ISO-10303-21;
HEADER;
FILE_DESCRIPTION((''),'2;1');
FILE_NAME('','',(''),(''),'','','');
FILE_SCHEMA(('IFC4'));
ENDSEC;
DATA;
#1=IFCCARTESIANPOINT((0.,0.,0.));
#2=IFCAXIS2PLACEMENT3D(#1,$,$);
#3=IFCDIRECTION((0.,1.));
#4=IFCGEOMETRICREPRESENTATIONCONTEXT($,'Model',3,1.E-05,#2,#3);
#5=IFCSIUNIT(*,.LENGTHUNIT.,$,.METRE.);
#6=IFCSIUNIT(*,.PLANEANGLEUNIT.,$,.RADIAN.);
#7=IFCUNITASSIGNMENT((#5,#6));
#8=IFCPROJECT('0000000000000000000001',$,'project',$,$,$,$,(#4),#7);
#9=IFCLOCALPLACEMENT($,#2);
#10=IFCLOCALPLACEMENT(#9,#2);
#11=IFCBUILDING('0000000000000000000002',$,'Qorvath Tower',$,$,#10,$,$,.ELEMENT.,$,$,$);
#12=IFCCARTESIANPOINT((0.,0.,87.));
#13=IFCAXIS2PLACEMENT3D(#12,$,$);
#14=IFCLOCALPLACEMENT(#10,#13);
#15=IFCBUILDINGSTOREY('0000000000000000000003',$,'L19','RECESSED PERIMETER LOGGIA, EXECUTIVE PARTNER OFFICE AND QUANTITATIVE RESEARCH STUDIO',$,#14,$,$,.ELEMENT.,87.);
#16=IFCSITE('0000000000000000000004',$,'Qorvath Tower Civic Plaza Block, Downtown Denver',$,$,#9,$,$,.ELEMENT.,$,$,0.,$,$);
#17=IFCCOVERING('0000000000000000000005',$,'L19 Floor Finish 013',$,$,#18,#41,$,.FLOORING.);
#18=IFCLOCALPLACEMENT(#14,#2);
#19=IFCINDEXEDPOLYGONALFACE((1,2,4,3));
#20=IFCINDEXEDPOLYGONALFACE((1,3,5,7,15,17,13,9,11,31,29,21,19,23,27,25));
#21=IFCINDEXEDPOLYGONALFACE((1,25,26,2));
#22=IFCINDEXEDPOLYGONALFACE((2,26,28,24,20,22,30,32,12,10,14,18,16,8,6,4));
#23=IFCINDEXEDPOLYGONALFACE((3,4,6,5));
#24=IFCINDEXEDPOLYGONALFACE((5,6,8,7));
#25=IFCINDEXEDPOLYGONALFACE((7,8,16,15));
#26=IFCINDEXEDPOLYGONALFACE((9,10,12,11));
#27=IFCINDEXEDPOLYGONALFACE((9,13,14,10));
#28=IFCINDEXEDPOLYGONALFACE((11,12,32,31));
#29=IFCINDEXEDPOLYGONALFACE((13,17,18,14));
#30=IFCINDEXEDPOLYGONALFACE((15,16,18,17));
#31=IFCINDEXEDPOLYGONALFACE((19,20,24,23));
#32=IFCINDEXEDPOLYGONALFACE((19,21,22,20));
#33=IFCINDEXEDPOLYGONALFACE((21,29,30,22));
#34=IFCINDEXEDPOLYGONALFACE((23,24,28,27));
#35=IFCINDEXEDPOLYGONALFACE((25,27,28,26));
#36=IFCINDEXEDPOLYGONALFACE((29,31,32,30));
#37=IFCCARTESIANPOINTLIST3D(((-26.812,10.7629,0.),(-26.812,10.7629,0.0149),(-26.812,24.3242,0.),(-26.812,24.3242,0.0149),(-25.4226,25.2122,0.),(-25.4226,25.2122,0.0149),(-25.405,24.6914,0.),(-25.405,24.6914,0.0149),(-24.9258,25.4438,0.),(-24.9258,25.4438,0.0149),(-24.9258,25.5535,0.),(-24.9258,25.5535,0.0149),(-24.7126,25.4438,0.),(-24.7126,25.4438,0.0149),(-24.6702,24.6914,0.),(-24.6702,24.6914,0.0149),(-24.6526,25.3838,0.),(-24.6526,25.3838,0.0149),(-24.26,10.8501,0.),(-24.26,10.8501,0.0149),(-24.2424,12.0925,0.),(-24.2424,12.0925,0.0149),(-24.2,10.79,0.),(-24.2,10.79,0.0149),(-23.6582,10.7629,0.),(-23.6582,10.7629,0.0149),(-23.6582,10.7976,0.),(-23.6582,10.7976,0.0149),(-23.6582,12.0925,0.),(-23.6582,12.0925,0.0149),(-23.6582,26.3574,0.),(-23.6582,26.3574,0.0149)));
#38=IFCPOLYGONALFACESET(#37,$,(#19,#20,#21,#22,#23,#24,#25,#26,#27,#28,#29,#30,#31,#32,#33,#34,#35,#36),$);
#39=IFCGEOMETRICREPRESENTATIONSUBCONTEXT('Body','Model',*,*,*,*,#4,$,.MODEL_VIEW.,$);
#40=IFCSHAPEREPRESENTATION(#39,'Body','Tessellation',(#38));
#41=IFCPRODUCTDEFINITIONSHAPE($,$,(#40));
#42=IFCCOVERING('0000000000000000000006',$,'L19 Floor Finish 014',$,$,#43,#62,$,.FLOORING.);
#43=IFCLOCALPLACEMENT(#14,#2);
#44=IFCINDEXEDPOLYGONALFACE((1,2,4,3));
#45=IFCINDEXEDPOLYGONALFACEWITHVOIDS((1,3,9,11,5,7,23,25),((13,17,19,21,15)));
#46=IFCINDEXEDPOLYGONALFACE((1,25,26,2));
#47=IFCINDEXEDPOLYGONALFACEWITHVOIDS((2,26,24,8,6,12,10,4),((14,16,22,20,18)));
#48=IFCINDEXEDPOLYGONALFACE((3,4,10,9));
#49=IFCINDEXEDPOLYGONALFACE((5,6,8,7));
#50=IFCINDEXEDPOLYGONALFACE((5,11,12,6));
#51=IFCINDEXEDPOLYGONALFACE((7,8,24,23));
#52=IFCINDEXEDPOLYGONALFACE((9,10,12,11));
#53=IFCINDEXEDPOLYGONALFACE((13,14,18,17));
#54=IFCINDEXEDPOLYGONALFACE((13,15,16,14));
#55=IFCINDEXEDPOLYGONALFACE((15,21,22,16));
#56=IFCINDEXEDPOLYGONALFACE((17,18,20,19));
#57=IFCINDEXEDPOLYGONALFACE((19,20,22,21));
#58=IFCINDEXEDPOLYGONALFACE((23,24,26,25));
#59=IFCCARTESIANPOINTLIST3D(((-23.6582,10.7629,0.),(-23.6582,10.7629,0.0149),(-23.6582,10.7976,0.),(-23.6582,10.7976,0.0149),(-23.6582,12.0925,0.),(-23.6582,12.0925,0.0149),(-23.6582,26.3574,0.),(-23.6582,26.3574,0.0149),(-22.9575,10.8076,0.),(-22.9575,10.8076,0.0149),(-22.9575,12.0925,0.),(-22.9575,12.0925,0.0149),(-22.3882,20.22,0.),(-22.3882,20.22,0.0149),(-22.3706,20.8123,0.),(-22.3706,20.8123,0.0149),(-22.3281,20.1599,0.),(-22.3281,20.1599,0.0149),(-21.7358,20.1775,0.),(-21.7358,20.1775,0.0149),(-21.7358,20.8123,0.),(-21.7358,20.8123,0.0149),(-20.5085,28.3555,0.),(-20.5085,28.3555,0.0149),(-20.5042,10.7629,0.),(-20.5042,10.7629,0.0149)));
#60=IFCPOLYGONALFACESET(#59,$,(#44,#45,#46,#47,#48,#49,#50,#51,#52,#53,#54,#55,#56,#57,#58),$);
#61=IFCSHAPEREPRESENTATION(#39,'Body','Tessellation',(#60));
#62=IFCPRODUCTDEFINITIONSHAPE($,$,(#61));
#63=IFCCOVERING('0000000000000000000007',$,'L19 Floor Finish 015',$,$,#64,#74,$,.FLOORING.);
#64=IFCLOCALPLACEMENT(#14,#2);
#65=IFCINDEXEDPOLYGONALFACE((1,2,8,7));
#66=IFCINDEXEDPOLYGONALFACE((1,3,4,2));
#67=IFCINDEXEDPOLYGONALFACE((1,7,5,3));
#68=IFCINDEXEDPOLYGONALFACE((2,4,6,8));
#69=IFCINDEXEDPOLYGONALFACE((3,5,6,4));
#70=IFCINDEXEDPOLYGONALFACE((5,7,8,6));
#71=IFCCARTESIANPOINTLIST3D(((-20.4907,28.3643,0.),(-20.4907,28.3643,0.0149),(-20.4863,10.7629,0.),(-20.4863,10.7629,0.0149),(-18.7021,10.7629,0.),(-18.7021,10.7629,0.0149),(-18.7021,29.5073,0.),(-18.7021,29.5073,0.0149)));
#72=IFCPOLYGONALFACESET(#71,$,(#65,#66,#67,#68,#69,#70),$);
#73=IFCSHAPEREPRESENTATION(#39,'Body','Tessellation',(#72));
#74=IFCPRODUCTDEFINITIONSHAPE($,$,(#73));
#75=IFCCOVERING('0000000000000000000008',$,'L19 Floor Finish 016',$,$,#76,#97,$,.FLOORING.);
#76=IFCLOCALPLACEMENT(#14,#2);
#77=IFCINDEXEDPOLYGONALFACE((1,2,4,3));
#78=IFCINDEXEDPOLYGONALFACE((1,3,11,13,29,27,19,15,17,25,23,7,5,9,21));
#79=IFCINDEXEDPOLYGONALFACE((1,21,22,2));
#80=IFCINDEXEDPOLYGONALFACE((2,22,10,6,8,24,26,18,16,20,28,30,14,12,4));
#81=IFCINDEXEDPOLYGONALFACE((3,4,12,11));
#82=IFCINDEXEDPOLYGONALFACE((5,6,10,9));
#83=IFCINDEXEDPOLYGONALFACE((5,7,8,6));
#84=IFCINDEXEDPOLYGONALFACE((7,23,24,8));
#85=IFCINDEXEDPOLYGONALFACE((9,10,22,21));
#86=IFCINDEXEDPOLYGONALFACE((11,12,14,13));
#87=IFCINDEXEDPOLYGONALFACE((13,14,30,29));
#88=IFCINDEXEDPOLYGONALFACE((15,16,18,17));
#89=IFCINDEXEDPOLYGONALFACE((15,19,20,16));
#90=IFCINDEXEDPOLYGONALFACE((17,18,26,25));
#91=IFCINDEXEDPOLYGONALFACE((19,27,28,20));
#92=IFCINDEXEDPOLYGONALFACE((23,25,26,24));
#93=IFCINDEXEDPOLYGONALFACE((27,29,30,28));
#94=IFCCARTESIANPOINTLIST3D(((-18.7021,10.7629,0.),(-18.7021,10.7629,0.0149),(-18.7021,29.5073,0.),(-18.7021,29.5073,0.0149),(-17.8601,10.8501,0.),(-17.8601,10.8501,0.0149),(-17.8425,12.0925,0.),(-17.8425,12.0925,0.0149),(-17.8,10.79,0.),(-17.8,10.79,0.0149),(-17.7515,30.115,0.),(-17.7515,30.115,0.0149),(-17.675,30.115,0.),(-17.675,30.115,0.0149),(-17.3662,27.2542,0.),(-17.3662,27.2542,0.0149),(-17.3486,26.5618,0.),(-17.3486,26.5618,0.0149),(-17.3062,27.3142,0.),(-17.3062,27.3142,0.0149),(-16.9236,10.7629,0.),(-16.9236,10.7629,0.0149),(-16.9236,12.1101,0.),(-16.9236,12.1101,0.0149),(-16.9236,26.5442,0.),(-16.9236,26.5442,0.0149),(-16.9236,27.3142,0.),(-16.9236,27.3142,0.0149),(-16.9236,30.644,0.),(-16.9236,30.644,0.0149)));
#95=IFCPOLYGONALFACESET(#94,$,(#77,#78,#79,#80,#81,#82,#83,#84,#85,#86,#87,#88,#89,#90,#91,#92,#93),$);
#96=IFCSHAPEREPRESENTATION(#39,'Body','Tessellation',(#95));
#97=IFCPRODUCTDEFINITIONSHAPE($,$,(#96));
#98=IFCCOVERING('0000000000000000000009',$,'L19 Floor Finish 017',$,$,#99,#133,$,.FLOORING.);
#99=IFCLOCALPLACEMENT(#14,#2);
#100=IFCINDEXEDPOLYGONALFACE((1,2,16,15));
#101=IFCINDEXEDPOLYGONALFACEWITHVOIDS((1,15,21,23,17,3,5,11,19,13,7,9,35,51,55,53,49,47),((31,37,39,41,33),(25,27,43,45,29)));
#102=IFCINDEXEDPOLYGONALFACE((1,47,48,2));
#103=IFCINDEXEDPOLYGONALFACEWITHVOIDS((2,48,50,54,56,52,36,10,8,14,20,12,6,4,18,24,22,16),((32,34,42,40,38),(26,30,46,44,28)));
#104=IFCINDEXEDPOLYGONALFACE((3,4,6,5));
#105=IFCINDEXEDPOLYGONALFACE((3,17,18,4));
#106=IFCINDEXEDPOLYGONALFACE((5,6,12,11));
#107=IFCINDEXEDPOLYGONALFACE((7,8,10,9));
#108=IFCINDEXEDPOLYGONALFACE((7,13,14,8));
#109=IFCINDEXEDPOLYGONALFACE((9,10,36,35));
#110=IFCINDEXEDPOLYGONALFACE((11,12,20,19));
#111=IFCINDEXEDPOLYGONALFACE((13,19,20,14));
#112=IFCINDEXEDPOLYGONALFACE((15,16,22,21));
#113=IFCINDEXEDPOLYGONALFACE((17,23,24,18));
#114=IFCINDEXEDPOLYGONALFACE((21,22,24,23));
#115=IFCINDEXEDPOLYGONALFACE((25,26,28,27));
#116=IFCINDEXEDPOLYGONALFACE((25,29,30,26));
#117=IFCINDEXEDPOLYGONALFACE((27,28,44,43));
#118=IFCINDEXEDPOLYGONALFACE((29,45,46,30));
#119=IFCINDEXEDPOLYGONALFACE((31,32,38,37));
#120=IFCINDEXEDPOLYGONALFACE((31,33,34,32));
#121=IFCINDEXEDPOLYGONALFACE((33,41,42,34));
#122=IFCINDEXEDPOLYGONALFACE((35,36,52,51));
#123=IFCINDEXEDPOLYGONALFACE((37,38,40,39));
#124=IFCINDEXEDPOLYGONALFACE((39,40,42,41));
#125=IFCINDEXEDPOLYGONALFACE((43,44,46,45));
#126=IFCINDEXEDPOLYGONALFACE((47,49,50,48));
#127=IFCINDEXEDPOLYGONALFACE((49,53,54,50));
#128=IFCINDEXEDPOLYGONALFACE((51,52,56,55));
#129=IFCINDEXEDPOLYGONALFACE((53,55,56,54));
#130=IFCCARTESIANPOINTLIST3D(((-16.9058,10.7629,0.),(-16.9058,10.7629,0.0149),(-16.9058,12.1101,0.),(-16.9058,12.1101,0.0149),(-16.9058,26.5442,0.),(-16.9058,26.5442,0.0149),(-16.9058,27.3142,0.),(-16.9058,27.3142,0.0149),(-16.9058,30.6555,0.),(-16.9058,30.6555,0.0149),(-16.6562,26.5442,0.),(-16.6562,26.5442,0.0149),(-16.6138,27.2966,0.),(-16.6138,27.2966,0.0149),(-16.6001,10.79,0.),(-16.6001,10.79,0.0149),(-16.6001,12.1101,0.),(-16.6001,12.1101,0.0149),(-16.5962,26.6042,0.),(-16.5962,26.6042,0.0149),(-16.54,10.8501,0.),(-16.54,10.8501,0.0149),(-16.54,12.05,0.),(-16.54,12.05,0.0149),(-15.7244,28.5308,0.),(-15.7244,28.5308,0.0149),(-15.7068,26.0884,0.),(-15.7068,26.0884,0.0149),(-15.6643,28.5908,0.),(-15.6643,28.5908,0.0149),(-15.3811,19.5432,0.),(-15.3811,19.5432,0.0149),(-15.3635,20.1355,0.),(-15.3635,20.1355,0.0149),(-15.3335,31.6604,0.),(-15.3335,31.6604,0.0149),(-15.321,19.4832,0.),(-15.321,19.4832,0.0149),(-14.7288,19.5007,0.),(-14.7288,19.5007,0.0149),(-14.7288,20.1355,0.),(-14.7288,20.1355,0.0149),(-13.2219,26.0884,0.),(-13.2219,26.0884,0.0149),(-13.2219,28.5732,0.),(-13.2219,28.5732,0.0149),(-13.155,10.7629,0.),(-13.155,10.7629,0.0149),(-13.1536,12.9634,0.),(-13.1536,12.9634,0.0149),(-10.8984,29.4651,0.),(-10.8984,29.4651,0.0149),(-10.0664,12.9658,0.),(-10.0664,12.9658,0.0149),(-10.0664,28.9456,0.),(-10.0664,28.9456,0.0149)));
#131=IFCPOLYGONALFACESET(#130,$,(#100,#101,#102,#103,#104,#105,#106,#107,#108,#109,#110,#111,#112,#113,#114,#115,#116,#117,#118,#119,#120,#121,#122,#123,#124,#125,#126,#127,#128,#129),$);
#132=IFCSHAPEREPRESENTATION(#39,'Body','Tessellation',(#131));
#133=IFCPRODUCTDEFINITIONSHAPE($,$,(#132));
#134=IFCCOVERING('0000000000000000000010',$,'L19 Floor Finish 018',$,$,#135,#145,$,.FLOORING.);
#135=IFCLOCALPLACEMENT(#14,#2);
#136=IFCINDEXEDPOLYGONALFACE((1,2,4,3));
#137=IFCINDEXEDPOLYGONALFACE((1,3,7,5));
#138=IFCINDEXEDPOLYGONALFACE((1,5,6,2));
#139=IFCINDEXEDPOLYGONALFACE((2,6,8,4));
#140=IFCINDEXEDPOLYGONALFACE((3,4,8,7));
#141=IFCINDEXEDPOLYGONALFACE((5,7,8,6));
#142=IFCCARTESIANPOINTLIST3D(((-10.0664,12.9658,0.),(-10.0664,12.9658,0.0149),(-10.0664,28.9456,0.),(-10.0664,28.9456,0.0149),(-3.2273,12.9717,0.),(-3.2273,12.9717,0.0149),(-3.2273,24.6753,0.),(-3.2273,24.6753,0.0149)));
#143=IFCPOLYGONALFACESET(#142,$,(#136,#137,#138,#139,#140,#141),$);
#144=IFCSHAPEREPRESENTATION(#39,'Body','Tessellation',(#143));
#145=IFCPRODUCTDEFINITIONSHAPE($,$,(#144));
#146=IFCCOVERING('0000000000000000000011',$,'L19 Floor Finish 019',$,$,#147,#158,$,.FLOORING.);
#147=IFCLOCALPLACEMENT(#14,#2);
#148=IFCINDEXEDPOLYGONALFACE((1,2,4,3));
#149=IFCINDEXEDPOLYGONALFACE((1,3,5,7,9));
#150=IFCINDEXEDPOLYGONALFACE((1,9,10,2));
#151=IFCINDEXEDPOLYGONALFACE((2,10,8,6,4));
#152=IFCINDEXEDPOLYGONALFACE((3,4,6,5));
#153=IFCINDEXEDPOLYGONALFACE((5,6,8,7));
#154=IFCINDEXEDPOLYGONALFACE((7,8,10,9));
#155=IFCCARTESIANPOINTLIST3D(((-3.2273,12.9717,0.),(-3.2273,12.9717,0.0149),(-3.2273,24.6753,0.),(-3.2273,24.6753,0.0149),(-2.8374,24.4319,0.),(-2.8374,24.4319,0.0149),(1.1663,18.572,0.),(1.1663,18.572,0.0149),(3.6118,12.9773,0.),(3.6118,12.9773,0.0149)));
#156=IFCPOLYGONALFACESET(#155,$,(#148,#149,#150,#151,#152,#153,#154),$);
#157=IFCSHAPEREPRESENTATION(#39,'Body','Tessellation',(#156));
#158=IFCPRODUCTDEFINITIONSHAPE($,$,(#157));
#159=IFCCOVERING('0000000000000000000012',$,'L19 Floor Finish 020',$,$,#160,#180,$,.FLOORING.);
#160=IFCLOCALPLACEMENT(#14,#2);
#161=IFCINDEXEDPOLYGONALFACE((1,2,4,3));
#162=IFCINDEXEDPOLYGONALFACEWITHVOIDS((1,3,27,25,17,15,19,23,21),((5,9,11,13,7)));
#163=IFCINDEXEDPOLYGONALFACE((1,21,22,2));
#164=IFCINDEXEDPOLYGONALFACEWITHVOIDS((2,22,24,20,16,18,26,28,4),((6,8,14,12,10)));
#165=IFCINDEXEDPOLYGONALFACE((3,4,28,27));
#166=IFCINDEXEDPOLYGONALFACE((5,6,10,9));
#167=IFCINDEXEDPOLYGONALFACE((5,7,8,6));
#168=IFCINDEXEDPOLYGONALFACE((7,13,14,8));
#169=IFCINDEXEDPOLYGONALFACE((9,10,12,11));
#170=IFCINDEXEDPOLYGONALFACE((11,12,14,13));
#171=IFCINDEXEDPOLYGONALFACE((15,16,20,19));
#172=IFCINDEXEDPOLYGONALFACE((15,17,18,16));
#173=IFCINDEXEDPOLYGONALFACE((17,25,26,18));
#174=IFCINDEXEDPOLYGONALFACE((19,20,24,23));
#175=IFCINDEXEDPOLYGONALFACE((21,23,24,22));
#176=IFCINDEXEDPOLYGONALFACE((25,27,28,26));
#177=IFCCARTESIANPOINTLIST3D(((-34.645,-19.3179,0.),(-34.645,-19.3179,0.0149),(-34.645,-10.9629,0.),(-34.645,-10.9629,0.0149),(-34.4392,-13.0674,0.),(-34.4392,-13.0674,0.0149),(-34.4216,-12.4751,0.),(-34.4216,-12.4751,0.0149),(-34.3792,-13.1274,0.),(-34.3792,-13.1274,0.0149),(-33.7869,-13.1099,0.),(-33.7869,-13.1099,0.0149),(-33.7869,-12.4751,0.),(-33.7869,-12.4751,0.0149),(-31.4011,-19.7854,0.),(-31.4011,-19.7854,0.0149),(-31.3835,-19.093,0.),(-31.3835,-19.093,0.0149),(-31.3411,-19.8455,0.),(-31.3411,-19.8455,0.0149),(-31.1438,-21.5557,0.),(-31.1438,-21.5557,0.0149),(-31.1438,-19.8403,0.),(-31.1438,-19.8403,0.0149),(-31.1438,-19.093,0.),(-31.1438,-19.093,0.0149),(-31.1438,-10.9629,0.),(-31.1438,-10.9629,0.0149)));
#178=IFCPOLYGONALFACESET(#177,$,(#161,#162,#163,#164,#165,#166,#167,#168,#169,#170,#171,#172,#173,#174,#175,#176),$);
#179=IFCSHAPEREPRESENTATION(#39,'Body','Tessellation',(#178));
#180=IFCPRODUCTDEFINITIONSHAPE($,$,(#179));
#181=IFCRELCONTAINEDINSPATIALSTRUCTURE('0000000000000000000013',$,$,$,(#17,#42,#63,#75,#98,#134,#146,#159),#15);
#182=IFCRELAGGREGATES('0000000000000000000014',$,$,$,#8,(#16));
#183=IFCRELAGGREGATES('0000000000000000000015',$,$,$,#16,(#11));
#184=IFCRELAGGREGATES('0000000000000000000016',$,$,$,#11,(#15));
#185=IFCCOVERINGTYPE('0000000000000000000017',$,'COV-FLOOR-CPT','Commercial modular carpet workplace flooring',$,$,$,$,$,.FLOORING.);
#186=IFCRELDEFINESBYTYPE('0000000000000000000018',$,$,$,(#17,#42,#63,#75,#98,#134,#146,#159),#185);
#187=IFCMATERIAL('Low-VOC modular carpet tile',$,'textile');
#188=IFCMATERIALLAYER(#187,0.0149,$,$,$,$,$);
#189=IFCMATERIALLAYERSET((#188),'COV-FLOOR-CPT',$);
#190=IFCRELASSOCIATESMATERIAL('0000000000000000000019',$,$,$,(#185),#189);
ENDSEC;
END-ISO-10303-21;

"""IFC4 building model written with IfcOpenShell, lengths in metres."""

from ifc_helpers import new_model, si_unit, direction, frame, origin, place, context, subcontext, project, spatial, polyline, outline, extrude, material, layer, layer_set, type_object, element, save


model = new_model("IFC4")

# Units and contexts
model_context = context("Model", 3, precision=1e-05, world=origin(), true_north=direction((0.0, 1.0)))
body_context = subcontext(model_context, "Body", "Model", "MODEL_VIEW")
ifc_project = project(units=[si_unit("LENGTHUNIT", "METRE"), si_unit("PLANEANGLEUNIT", "RADIAN")], contexts=[model_context])

# Site, building, storey
site_placement = place(None, origin())
site = spatial("IfcSite", under=ifc_project, at=site_placement, Name="Qorvath Tower Civic Plaza Block, Downtown Denver", CompositionType="ELEMENT", RefElevation=0.0)
building_placement = place(site_placement, origin())
building = spatial("IfcBuilding", under=site, at=building_placement, Name="Qorvath Tower", CompositionType="ELEMENT")
storey_placement = place(building_placement, frame((0.0, 0.0, 87.0)))
storey = spatial("IfcBuildingStorey", under=building, at=storey_placement, Name="L19", Description="RECESSED PERIMETER LOGGIA, EXECUTIVE PARTNER OFFICE AND QUANTITATIVE RESEARCH STUDIO", CompositionType="ELEMENT", Elevation=87.0)

# Coverings
ifc_material_1 = material(Name="Low-VOC modular carpet tile", Category="textile")
ifc_layer_1 = layer(ifc_material_1, 0.0149)
ifc_layer_set_1 = layer_set([ifc_layer_1], Name="COV-FLOOR-CPT")
covering_type_1 = type_object("IfcCoveringType", Name="COV-FLOOR-CPT", Description="Commercial modular carpet workplace flooring", PredefinedType="FLOORING", material=ifc_layer_set_1)
covering_1_placement = place(storey_placement, origin())
element("IfcCovering", 1, at=covering_1_placement, inside=storey, type_object=covering_type_1, Name="L19 Floor Finish 013", PredefinedType="FLOORING", context=body_context, shape_type="SweptSolid", body=[
    extrude(outline(polyline([(-23.6582, 10.7629), (-23.6582, 10.7976), (-24.2, 10.79), (-24.26, 10.8501), (-24.2424, 12.0925), (-23.6582, 12.0925), (-23.6582, 26.3574), (-24.9258, 25.5535), (-24.9258, 25.4438), (-24.7126, 25.4438), (-24.6526, 25.3838), (-24.6702, 24.6914), (-25.405, 24.6914), (-25.4226, 25.2122), (-26.812, 24.3242), (-26.812, 10.7629), (-23.6582, 10.7629)])), origin(), (0.0, 0.0, 1.0), 0.0149),
])
covering_2_placement = place(storey_placement, origin())
element("IfcCovering", 2, at=covering_2_placement, inside=storey, type_object=covering_type_1, Name="L19 Floor Finish 014", PredefinedType="FLOORING", context=body_context, shape_type="SweptSolid", body=[
    extrude(outline(polyline([(-20.5085, 28.3555), (-23.6582, 26.3574), (-23.6582, 12.0925), (-22.9575, 12.0925), (-22.9575, 10.8076), (-23.6582, 10.7976), (-23.6582, 10.7629), (-20.5042, 10.7629), (-20.5085, 28.3555)]), holes=[polyline([(-22.3882, 20.22), (-22.3706, 20.8123), (-21.7358, 20.8123), (-21.7358, 20.1775), (-22.3281, 20.1599), (-22.3882, 20.22)])]), origin(), (0.0, 0.0, 1.0), 0.0149),
])
covering_3_placement = place(storey_placement, origin())
element("IfcCovering", 3, at=covering_3_placement, inside=storey, type_object=covering_type_1, Name="L19 Floor Finish 015", PredefinedType="FLOORING", context=body_context, shape_type="SweptSolid", body=[
    extrude(outline(polyline([(-18.7021, 10.7629), (-18.7021, 29.5073), (-20.4907, 28.3643), (-20.4863, 10.7629), (-18.7021, 10.7629)])), origin(), (0.0, 0.0, 1.0), 0.0149),
])
covering_4_placement = place(storey_placement, origin())
element("IfcCovering", 4, at=covering_4_placement, inside=storey, type_object=covering_type_1, Name="L19 Floor Finish 016", PredefinedType="FLOORING", context=body_context, shape_type="SweptSolid", body=[
    extrude(outline(polyline([(-17.675, 30.115), (-17.7515, 30.115), (-18.7021, 29.5073), (-18.7021, 10.7629), (-16.9236, 10.7629), (-17.8, 10.79), (-17.8601, 10.8501), (-17.8425, 12.0925), (-16.9236, 12.1101), (-16.9236, 26.5442), (-17.3486, 26.5618), (-17.3662, 27.2542), (-17.3062, 27.3142), (-16.9236, 27.3142), (-16.9236, 30.644), (-17.675, 30.115)])), origin(), (0.0, 0.0, 1.0), 0.0149),
])
covering_5_placement = place(storey_placement, origin())
element("IfcCovering", 5, at=covering_5_placement, inside=storey, type_object=covering_type_1, Name="L19 Floor Finish 017", PredefinedType="FLOORING", context=body_context, shape_type="SweptSolid", body=[
    extrude(outline(polyline([(-13.1536, 12.9634), (-10.0664, 12.9658), (-10.0664, 28.9456), (-10.8984, 29.4651), (-15.3335, 31.6604), (-16.9058, 30.6555), (-16.9058, 27.3142), (-16.6138, 27.2966), (-16.5962, 26.6042), (-16.6562, 26.5442), (-16.9058, 26.5442), (-16.9058, 12.1101), (-16.6001, 12.1101), (-16.54, 12.05), (-16.54, 10.8501), (-16.6001, 10.79), (-16.9058, 10.7629), (-13.155, 10.7629), (-13.1536, 12.9634)]), holes=[polyline([(-15.7244, 28.5308), (-15.6643, 28.5908), (-13.2219, 28.5732), (-13.2219, 26.0884), (-15.7068, 26.0884), (-15.7244, 28.5308)]), polyline([(-15.3811, 19.5432), (-15.3635, 20.1355), (-14.7288, 20.1355), (-14.7288, 19.5007), (-15.321, 19.4832), (-15.3811, 19.5432)])]), origin(), (0.0, 0.0, 1.0), 0.0149),
])
covering_6_placement = place(storey_placement, origin())
element("IfcCovering", 6, at=covering_6_placement, inside=storey, type_object=covering_type_1, Name="L19 Floor Finish 018", PredefinedType="FLOORING", context=body_context, shape_type="SweptSolid", body=[
    extrude(outline(polyline([(-10.0664, 28.9456), (-10.0664, 12.9658), (-3.2273, 12.9717), (-3.2273, 24.6753), (-10.0664, 28.9456)])), origin(), (0.0, 0.0, 1.0), 0.0149),
])
covering_7_placement = place(storey_placement, origin())
element("IfcCovering", 7, at=covering_7_placement, inside=storey, type_object=covering_type_1, Name="L19 Floor Finish 019", PredefinedType="FLOORING", context=body_context, shape_type="SweptSolid", body=[
    extrude(outline(polyline([(-3.2273, 24.6753), (-3.2273, 12.9717), (3.6118, 12.9773), (1.1663, 18.572), (-2.8374, 24.4319), (-3.2273, 24.6753)])), origin(), (0.0, 0.0, 1.0), 0.0149),
])
covering_8_placement = place(storey_placement, origin())
element("IfcCovering", 8, at=covering_8_placement, inside=storey, type_object=covering_type_1, Name="L19 Floor Finish 020", PredefinedType="FLOORING", context=body_context, shape_type="SweptSolid", body=[
    extrude(outline(polyline([(-34.645, -10.9629), (-34.645, -19.3179), (-31.1438, -21.5557), (-31.1438, -19.8403), (-31.3411, -19.8455), (-31.4011, -19.7854), (-31.3835, -19.093), (-31.1438, -19.093), (-31.1438, -10.9629), (-34.645, -10.9629)]), holes=[polyline([(-34.4392, -13.0674), (-34.4216, -12.4751), (-33.7869, -12.4751), (-33.7869, -13.1099), (-34.3792, -13.1274), (-34.4392, -13.0674)])]), origin(), (0.0, 0.0, 1.0), 0.0149),
])

save(model, "model.ifc")
